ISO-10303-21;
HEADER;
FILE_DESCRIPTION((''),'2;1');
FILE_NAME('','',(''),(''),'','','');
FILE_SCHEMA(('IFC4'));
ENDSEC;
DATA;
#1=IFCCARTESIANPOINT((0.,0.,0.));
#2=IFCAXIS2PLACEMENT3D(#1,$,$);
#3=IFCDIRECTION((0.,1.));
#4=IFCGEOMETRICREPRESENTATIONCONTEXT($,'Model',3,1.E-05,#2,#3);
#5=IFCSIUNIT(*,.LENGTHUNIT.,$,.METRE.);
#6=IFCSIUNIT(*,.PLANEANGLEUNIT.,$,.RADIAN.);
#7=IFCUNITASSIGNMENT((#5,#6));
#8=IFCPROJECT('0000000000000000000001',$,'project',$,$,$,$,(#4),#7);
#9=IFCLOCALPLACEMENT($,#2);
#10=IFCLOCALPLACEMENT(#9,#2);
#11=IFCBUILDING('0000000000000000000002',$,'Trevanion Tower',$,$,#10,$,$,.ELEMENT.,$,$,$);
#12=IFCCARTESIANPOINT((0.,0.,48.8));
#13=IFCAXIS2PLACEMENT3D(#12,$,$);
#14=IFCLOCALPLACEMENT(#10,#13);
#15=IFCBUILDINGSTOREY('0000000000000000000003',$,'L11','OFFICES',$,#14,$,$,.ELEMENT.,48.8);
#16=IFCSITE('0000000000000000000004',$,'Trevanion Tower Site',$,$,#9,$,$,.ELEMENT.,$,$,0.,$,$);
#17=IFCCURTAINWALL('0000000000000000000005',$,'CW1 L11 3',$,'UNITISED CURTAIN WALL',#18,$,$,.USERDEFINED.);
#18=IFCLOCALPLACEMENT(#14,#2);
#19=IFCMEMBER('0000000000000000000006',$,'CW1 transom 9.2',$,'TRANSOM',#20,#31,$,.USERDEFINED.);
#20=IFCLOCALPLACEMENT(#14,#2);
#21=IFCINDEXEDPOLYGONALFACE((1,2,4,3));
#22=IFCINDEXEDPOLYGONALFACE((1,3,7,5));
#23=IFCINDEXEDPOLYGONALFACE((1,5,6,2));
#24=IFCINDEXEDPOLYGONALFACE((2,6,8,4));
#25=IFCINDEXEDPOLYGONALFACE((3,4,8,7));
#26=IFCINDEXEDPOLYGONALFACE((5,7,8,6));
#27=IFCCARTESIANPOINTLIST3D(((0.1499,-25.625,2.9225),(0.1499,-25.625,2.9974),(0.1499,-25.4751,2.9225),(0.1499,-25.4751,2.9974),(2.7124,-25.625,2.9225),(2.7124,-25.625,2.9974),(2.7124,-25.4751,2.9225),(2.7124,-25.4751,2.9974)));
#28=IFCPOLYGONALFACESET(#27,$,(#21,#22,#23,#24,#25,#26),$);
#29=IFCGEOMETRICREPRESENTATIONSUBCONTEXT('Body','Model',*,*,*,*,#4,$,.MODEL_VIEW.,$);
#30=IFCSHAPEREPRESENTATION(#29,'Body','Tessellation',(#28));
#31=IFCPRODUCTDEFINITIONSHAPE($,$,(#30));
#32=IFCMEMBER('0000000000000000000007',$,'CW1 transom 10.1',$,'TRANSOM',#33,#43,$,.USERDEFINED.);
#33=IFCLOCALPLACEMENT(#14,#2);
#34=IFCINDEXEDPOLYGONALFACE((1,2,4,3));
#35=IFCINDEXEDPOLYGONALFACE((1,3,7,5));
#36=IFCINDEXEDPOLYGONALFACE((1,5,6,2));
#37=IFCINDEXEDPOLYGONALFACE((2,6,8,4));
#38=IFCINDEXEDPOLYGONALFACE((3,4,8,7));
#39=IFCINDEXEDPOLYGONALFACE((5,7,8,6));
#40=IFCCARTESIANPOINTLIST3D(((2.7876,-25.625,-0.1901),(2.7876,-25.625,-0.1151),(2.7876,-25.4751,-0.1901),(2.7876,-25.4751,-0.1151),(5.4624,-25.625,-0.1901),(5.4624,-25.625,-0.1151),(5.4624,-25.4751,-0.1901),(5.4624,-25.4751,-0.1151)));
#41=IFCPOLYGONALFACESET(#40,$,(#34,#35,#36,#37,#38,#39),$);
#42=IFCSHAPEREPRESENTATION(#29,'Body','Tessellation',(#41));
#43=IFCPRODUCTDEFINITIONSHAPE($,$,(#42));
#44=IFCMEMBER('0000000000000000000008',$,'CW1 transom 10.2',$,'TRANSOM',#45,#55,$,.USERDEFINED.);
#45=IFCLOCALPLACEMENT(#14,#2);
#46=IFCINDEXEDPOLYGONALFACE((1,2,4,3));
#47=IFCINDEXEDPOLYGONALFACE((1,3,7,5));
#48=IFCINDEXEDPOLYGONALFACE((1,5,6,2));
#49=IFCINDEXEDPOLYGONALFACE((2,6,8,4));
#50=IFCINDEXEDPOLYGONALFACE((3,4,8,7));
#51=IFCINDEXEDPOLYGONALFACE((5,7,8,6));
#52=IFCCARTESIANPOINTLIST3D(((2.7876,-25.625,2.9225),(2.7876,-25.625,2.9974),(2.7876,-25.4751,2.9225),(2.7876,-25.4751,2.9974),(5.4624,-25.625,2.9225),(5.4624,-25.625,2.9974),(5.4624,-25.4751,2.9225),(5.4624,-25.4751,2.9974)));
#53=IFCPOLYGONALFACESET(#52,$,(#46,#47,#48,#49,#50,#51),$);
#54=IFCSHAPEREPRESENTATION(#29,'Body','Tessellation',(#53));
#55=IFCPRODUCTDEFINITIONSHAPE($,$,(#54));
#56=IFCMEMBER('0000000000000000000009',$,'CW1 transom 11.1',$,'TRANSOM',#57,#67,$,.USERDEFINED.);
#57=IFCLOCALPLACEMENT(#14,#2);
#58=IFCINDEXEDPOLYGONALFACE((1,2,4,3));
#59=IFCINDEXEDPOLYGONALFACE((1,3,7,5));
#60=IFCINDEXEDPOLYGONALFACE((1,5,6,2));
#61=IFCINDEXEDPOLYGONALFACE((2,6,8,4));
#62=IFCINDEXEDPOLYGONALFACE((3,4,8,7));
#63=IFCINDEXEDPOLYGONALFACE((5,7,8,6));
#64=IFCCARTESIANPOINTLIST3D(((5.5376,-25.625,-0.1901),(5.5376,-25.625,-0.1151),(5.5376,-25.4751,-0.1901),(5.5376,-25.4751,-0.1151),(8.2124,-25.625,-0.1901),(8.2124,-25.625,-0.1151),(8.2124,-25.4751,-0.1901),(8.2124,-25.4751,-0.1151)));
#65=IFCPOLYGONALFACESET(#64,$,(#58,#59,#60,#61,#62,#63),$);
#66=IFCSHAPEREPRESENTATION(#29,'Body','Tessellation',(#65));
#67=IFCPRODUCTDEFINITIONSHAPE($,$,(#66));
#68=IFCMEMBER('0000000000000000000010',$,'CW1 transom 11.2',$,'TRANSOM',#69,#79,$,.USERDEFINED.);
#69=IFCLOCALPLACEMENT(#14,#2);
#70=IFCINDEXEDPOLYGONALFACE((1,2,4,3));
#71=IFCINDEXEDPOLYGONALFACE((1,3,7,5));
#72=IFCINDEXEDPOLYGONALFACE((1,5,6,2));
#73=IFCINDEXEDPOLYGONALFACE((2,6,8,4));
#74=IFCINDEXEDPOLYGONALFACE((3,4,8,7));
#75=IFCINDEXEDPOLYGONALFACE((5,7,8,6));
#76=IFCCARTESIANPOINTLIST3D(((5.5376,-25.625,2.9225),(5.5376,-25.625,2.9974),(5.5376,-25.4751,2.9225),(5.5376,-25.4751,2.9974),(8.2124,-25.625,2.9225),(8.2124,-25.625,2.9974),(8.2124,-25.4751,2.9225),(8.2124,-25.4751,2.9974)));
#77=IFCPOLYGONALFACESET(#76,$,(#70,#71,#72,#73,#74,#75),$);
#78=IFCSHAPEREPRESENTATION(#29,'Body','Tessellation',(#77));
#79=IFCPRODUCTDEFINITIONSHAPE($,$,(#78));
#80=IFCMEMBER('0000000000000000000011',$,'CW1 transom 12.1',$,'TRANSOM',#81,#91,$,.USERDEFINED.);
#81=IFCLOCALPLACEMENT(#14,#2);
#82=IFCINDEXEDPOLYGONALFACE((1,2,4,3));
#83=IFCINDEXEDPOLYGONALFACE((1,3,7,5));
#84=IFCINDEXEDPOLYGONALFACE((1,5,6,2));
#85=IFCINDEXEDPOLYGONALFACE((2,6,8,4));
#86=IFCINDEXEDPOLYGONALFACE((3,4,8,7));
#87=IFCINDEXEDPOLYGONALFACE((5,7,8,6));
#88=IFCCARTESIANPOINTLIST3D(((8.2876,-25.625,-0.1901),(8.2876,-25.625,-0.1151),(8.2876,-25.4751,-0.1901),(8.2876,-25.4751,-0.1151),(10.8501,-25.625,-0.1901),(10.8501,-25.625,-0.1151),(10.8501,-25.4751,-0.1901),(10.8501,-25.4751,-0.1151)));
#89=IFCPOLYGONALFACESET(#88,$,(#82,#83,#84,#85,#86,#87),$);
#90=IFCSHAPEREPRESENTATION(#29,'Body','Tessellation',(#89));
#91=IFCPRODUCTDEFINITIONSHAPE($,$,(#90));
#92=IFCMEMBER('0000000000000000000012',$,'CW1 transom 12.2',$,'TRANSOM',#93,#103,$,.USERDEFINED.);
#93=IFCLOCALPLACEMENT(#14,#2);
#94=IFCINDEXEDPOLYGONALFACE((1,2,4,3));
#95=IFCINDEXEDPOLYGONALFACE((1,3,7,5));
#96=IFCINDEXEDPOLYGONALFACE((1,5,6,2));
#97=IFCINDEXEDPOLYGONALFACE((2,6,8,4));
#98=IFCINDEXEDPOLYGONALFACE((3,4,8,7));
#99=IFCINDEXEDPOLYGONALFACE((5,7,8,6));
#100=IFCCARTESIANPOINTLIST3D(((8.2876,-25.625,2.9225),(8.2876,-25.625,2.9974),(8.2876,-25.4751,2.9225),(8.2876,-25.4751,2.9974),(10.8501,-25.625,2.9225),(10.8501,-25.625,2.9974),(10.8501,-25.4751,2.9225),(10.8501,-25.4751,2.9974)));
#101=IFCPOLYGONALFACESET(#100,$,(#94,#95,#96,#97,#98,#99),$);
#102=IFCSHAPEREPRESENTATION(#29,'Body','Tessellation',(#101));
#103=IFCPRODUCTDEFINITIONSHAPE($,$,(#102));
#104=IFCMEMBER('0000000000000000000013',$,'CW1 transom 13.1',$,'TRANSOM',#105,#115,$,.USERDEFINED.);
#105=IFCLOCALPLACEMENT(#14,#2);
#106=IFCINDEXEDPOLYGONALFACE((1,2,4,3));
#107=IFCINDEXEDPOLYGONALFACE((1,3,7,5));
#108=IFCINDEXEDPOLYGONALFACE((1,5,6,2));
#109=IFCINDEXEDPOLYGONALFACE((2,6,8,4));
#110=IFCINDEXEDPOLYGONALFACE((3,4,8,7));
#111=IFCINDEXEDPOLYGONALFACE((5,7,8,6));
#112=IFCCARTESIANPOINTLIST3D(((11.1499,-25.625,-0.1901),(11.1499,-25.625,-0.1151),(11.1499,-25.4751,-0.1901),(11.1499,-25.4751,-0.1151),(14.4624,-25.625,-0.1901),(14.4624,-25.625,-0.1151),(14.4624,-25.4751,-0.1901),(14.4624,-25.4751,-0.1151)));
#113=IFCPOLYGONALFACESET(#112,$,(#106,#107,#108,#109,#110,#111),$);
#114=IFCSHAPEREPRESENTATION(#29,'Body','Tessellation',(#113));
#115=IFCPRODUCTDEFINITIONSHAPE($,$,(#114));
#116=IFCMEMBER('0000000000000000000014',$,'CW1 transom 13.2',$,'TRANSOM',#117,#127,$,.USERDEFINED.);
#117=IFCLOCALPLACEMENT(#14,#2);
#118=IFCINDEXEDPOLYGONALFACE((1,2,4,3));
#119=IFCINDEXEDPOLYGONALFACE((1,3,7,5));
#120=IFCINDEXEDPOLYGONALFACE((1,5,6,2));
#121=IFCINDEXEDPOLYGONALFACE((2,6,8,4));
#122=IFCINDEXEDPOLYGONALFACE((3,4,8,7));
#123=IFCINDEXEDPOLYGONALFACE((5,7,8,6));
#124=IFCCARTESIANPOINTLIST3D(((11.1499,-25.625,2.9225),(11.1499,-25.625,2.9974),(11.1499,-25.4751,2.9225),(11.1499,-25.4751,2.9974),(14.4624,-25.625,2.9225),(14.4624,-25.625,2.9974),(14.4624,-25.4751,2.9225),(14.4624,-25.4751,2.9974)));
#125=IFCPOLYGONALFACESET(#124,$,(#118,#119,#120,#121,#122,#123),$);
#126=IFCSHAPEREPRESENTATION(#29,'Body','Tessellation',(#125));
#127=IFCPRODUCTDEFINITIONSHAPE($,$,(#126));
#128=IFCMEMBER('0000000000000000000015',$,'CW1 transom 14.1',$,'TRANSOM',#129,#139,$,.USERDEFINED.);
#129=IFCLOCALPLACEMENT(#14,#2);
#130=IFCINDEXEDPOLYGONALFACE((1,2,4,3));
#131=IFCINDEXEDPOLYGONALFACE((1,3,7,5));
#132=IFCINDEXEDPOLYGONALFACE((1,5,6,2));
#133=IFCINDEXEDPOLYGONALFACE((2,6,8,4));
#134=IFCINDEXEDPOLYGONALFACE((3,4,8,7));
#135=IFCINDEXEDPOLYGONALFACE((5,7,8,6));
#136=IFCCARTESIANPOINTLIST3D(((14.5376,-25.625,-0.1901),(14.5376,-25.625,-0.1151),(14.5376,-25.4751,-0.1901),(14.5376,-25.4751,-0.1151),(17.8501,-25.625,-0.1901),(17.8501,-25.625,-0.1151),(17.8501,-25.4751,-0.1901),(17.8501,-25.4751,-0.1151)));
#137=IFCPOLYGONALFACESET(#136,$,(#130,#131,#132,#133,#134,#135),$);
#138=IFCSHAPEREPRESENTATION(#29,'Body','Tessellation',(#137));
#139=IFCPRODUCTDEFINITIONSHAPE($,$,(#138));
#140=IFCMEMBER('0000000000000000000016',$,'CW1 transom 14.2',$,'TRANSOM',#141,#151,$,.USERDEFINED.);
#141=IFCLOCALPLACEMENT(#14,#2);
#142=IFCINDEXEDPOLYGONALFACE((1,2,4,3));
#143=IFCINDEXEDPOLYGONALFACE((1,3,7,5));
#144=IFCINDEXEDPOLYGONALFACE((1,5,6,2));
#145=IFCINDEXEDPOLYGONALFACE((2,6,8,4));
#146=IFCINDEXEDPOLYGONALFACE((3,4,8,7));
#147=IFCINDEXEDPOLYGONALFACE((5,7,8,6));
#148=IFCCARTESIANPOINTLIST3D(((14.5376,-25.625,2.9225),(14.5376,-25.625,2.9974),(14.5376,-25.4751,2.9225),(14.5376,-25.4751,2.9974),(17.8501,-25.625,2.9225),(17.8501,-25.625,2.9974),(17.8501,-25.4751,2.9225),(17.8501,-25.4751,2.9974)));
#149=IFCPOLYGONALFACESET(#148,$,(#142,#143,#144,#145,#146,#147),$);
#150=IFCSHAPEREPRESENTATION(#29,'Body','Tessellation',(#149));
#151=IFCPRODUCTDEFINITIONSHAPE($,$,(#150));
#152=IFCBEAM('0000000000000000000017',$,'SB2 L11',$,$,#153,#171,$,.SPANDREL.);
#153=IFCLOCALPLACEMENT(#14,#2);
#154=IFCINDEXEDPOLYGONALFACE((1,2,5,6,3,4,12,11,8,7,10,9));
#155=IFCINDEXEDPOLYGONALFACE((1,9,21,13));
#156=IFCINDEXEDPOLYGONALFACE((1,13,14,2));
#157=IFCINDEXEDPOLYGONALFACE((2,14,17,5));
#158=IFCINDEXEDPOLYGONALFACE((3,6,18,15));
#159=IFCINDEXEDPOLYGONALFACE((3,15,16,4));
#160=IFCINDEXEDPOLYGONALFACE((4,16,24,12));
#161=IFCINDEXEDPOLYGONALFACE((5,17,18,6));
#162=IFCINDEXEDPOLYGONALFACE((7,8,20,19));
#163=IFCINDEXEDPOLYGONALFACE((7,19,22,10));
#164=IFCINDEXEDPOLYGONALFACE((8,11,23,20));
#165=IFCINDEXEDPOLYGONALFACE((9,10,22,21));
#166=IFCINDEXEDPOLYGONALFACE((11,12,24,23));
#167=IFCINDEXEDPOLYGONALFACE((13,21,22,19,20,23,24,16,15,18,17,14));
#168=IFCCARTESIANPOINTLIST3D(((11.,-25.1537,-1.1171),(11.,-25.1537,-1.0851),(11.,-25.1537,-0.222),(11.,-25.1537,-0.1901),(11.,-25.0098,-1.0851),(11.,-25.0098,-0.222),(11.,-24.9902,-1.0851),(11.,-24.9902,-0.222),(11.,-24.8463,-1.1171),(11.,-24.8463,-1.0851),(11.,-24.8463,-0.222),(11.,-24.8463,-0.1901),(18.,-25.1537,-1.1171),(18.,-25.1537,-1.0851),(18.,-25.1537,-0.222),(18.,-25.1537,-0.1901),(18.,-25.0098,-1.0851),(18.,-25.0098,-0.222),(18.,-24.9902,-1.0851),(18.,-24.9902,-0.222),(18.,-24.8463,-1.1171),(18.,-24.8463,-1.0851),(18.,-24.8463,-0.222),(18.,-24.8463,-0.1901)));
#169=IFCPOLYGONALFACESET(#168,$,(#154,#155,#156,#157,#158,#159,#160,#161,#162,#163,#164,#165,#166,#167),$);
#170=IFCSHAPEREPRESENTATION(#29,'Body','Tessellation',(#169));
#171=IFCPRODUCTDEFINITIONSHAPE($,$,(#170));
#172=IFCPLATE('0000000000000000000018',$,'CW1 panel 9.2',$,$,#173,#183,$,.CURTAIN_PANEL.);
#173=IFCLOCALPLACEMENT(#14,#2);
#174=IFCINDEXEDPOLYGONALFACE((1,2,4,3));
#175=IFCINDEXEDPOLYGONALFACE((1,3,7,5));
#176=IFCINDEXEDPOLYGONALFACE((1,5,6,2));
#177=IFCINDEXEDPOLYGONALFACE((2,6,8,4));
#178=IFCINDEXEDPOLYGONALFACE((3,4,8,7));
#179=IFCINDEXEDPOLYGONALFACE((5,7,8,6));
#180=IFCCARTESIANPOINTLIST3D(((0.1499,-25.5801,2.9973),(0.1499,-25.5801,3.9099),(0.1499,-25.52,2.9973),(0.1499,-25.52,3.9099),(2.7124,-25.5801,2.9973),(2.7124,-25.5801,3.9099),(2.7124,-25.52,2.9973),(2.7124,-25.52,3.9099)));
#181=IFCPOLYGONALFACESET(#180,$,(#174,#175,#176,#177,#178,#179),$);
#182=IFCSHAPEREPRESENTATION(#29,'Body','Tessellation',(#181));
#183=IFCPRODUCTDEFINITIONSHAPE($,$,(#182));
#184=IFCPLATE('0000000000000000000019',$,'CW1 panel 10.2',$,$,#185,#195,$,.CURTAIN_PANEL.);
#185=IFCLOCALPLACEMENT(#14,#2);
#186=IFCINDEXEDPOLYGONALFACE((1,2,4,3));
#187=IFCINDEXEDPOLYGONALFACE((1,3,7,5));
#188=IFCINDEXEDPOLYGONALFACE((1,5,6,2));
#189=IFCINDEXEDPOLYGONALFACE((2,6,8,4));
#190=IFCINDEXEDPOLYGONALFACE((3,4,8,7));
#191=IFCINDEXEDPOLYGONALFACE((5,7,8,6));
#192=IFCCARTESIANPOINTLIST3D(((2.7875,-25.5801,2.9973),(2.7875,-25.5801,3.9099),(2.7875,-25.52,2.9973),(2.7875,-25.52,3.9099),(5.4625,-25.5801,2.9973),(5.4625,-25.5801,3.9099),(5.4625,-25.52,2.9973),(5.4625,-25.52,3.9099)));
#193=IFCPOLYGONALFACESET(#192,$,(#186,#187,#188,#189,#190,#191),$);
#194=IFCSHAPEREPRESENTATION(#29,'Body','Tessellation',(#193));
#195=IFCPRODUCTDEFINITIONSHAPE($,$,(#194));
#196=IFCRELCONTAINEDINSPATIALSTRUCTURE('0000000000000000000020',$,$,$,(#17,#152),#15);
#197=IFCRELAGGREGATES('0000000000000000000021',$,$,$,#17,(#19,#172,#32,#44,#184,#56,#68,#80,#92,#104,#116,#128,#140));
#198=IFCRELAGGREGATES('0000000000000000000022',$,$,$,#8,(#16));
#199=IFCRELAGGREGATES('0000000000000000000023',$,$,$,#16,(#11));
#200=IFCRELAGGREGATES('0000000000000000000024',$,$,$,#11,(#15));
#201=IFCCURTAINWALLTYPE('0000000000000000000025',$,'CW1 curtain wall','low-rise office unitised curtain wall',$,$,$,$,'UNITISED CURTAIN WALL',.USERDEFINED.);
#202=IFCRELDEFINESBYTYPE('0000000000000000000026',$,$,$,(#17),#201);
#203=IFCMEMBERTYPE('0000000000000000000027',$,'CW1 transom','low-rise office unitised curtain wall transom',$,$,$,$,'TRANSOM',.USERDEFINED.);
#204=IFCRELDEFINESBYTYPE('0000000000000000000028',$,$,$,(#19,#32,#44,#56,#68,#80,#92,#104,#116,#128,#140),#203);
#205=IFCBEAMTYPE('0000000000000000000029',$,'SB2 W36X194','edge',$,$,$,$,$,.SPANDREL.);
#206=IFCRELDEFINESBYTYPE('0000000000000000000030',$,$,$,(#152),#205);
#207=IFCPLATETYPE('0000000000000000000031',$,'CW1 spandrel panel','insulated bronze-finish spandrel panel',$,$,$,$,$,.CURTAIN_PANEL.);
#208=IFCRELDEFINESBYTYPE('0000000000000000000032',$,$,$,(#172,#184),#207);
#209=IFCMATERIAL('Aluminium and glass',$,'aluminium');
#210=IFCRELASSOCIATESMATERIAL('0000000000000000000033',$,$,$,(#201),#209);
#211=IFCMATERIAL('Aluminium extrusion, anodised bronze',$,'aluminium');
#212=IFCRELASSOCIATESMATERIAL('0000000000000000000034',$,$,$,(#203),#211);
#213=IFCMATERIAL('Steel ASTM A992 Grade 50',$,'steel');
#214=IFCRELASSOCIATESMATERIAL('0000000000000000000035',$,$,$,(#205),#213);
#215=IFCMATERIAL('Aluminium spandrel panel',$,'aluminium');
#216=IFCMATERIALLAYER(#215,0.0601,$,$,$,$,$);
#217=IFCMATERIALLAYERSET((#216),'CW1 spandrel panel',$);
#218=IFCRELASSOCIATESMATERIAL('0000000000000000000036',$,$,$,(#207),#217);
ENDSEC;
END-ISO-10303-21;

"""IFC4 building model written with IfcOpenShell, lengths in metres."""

from ifc_helpers import new_model, si_unit, direction, frame, origin, origin_2d, place, context, subcontext, project, spatial, rectangle, i_section, extrude, material, layer, layer_set, material_profile, profile_set, type_object, element, aggregate, save


model = new_model("IFC4")

# Units and contexts
model_context = context("Model", 3, precision=1e-05, world=origin(), true_north=direction((0.0, 1.0)))
body_context = subcontext(model_context, "Body", "Model", "MODEL_VIEW")
ifc_project = project(units=[si_unit("LENGTHUNIT", "METRE"), si_unit("PLANEANGLEUNIT", "RADIAN")], contexts=[model_context])

# Site, building, storey
site_placement = place(None, origin())
site = spatial("IfcSite", under=ifc_project, at=site_placement, Name="Trevanion Tower Site", CompositionType="ELEMENT", RefElevation=0.0)
building_placement = place(site_placement, origin())
building = spatial("IfcBuilding", under=site, at=building_placement, Name="Trevanion Tower", CompositionType="ELEMENT")
storey_placement = place(building_placement, frame((0.0, 0.0, 48.8)))
storey = spatial("IfcBuildingStorey", under=building, at=storey_placement, Name="L11", Description="OFFICES", CompositionType="ELEMENT", Elevation=48.8)

# Curtain wall, members
ifc_material_1 = material(Name="Aluminium and glass", Category="aluminium")
curtain_wall_type = type_object("IfcCurtainWallType", Name="CW1 curtain wall", Description="low-rise office unitised curtain wall", ElementType="UNITISED CURTAIN WALL", PredefinedType="USERDEFINED", material=ifc_material_1)
curtain_wall_placement = place(storey_placement, origin())
curtain_wall = element("IfcCurtainWall", 1, at=curtain_wall_placement, inside=storey, type_object=curtain_wall_type, Name="CW1 L11 3", ObjectType="UNITISED CURTAIN WALL", PredefinedType="USERDEFINED")
ifc_material_2 = material(Name="Aluminium extrusion, anodised bronze", Category="aluminium")
ifc_material_profile_1 = material_profile(ifc_material_2, rectangle(XDim=0.1499, YDim=0.075, at=origin_2d()), Name="CW1 transom")
ifc_profile_set_1 = profile_set([ifc_material_profile_1], Name="Aluminium extrusion, anodised bronze")
member_type_1 = type_object("IfcMemberType", Name="CW1 transom", Description="low-rise office unitised curtain wall transom", ElementType="TRANSOM", PredefinedType="USERDEFINED", material=ifc_profile_set_1)
member_1_placement = place(storey_placement, frame((0.1499, -25.55, 2.96), z_axis=(1.0, 0.0, 0.0), x_axis=(0.0, 1.0, 0.0)))
member_1 = element("IfcMember", 2, at=member_1_placement, type_object=member_type_1, Name="CW1 transom 9.2", ObjectType="TRANSOM", PredefinedType="USERDEFINED", context=body_context, shape_type="SweptSolid", body=[
    extrude(rectangle(XDim=0.1499, YDim=0.075, at=origin_2d()), origin(), (0.0, 0.0, 1.0), 2.5625),
])
member_2_placement = place(storey_placement, frame((2.7876, -25.55, -0.1526), z_axis=(1.0, 0.0, 0.0), x_axis=(0.0, 1.0, 0.0)))
member_2 = element("IfcMember", 3, at=member_2_placement, type_object=member_type_1, Name="CW1 transom 10.1", ObjectType="TRANSOM", PredefinedType="USERDEFINED", context=body_context, shape_type="SweptSolid", body=[
    extrude(rectangle(XDim=0.1499, YDim=0.075, at=origin_2d()), origin(), (0.0, 0.0, 1.0), 2.6748),
])
member_3_placement = place(storey_placement, frame((2.7876, -25.55, 2.96), z_axis=(1.0, 0.0, 0.0), x_axis=(0.0, 1.0, 0.0)))
member_3 = element("IfcMember", 4, at=member_3_placement, type_object=member_type_1, Name="CW1 transom 10.2", ObjectType="TRANSOM", PredefinedType="USERDEFINED", context=body_context, shape_type="SweptSolid", body=[
    extrude(rectangle(XDim=0.1499, YDim=0.075, at=origin_2d()), origin(), (0.0, 0.0, 1.0), 2.6748),
])
member_4_placement = place(storey_placement, frame((5.5376, -25.55, -0.1526), z_axis=(1.0, 0.0, 0.0), x_axis=(0.0, 1.0, 0.0)))
member_4 = element("IfcMember", 5, at=member_4_placement, type_object=member_type_1, Name="CW1 transom 11.1", ObjectType="TRANSOM", PredefinedType="USERDEFINED", context=body_context, shape_type="SweptSolid", body=[
    extrude(rectangle(XDim=0.1499, YDim=0.075, at=origin_2d()), origin(), (0.0, 0.0, 1.0), 2.6748),
])
member_5_placement = place(storey_placement, frame((5.5376, -25.55, 2.96), z_axis=(1.0, 0.0, 0.0), x_axis=(0.0, 1.0, 0.0)))
member_5 = element("IfcMember", 6, at=member_5_placement, type_object=member_type_1, Name="CW1 transom 11.2", ObjectType="TRANSOM", PredefinedType="USERDEFINED", context=body_context, shape_type="SweptSolid", body=[
    extrude(rectangle(XDim=0.1499, YDim=0.075, at=origin_2d()), origin(), (0.0, 0.0, 1.0), 2.6748),
])
member_6_placement = place(storey_placement, frame((8.2876, -25.55, -0.1526), z_axis=(1.0, 0.0, 0.0), x_axis=(0.0, 1.0, 0.0)))
member_6 = element("IfcMember", 7, at=member_6_placement, type_object=member_type_1, Name="CW1 transom 12.1", ObjectType="TRANSOM", PredefinedType="USERDEFINED", context=body_context, shape_type="SweptSolid", body=[
    extrude(rectangle(XDim=0.1499, YDim=0.075, at=origin_2d()), origin(), (0.0, 0.0, 1.0), 2.5625),
])
member_7_placement = place(storey_placement, frame((8.2876, -25.55, 2.96), z_axis=(1.0, 0.0, 0.0), x_axis=(0.0, 1.0, 0.0)))
member_7 = element("IfcMember", 8, at=member_7_placement, type_object=member_type_1, Name="CW1 transom 12.2", ObjectType="TRANSOM", PredefinedType="USERDEFINED", context=body_context, shape_type="SweptSolid", body=[
    extrude(rectangle(XDim=0.1499, YDim=0.075, at=origin_2d()), origin(), (0.0, 0.0, 1.0), 2.5625),
])
member_8_placement = place(storey_placement, frame((11.1499, -25.55, -0.1526), z_axis=(1.0, 0.0, 0.0), x_axis=(0.0, 1.0, 0.0)))
member_8 = element("IfcMember", 9, at=member_8_placement, type_object=member_type_1, Name="CW1 transom 13.1", ObjectType="TRANSOM", PredefinedType="USERDEFINED", context=body_context, shape_type="SweptSolid", body=[
    extrude(rectangle(XDim=0.1499, YDim=0.075, at=origin_2d()), origin(), (0.0, 0.0, 1.0), 3.3125),
])
member_9_placement = place(storey_placement, frame((11.1499, -25.55, 2.96), z_axis=(1.0, 0.0, 0.0), x_axis=(0.0, 1.0, 0.0)))
member_9 = element("IfcMember", 10, at=member_9_placement, type_object=member_type_1, Name="CW1 transom 13.2", ObjectType="TRANSOM", PredefinedType="USERDEFINED", context=body_context, shape_type="SweptSolid", body=[
    extrude(rectangle(XDim=0.1499, YDim=0.075, at=origin_2d()), origin(), (0.0, 0.0, 1.0), 3.3125),
])
member_10_placement = place(storey_placement, frame((14.5376, -25.55, -0.1526), z_axis=(1.0, 0.0, 0.0), x_axis=(0.0, 1.0, 0.0)))
member_10 = element("IfcMember", 11, at=member_10_placement, type_object=member_type_1, Name="CW1 transom 14.1", ObjectType="TRANSOM", PredefinedType="USERDEFINED", context=body_context, shape_type="SweptSolid", body=[
    extrude(rectangle(XDim=0.1499, YDim=0.075, at=origin_2d()), origin(), (0.0, 0.0, 1.0), 3.3125),
])
member_11_placement = place(storey_placement, frame((14.5376, -25.55, 2.96), z_axis=(1.0, 0.0, 0.0), x_axis=(0.0, 1.0, 0.0)))
member_11 = element("IfcMember", 12, at=member_11_placement, type_object=member_type_1, Name="CW1 transom 14.2", ObjectType="TRANSOM", PredefinedType="USERDEFINED", context=body_context, shape_type="SweptSolid", body=[
    extrude(rectangle(XDim=0.1499, YDim=0.075, at=origin_2d()), origin(), (0.0, 0.0, 1.0), 3.3125),
])

# Beam
ifc_material_3 = material(Name="Steel ASTM A992 Grade 50", Category="steel")
ifc_material_profile_2 = material_profile(ifc_material_3, i_section(OverallWidth=0.3074, OverallDepth=0.927, WebThickness=0.0195, FlangeThickness=0.032, at=origin_2d()), Name="W36X194")
ifc_profile_set_2 = profile_set([ifc_material_profile_2], Name="Steel ASTM A992 Grade 50")
beam_type_1 = type_object("IfcBeamType", Name="SB2 W36X194", Description="edge", PredefinedType="SPANDREL", material=ifc_profile_set_2)
beam_1_placement = place(storey_placement, frame((11.0, -25.0, -0.6536), z_axis=(1.0, 0.0, 0.0), x_axis=(0.0, 1.0, 0.0)))
element("IfcBeam", 13, at=beam_1_placement, inside=storey, type_object=beam_type_1, Name="SB2 L11", PredefinedType="SPANDREL", context=body_context, shape_type="SweptSolid", body=[
    extrude(i_section(OverallWidth=0.3074, OverallDepth=0.927, WebThickness=0.0195, FlangeThickness=0.032, at=origin_2d()), origin(), (0.0, 0.0, 1.0), 7.0),
])

# Plates
ifc_material_4 = material(Name="Aluminium spandrel panel", Category="aluminium")
ifc_layer_1 = layer(ifc_material_4, 0.0601)
ifc_layer_set_1 = layer_set([ifc_layer_1], Name="CW1 spandrel panel")
plate_type_1 = type_object("IfcPlateType", Name="CW1 spandrel panel", Description="insulated bronze-finish spandrel panel", PredefinedType="CURTAIN_PANEL", material=ifc_layer_set_1)
plate_1_placement = place(storey_placement, frame((1.4312, -25.55, 2.9973), z_axis=(0.0, 0.0, 1.0), x_axis=(1.0, 0.0, 0.0)))
plate_1 = element("IfcPlate", 14, at=plate_1_placement, type_object=plate_type_1, Name="CW1 panel 9.2", PredefinedType="CURTAIN_PANEL", context=body_context, shape_type="SweptSolid", body=[
    extrude(rectangle(XDim=2.5625, YDim=0.0601, at=origin_2d()), origin(), (0.0, 0.0, 1.0), 0.9126),
])
plate_2_placement = place(storey_placement, frame((4.125, -25.55, 2.9973), z_axis=(0.0, 0.0, 1.0), x_axis=(1.0, 0.0, 0.0)))
plate_2 = element("IfcPlate", 15, at=plate_2_placement, type_object=plate_type_1, Name="CW1 panel 10.2", PredefinedType="CURTAIN_PANEL", context=body_context, shape_type="SweptSolid", body=[
    extrude(rectangle(XDim=2.675, YDim=0.0601, at=origin_2d()), origin(), (0.0, 0.0, 1.0), 0.9126),
])
aggregate(curtain_wall, [member_1, plate_1, member_2, member_3, plate_2, member_4, member_5, member_6, member_7, member_8, member_9, member_10, member_11])

save(model, "model.ifc")
